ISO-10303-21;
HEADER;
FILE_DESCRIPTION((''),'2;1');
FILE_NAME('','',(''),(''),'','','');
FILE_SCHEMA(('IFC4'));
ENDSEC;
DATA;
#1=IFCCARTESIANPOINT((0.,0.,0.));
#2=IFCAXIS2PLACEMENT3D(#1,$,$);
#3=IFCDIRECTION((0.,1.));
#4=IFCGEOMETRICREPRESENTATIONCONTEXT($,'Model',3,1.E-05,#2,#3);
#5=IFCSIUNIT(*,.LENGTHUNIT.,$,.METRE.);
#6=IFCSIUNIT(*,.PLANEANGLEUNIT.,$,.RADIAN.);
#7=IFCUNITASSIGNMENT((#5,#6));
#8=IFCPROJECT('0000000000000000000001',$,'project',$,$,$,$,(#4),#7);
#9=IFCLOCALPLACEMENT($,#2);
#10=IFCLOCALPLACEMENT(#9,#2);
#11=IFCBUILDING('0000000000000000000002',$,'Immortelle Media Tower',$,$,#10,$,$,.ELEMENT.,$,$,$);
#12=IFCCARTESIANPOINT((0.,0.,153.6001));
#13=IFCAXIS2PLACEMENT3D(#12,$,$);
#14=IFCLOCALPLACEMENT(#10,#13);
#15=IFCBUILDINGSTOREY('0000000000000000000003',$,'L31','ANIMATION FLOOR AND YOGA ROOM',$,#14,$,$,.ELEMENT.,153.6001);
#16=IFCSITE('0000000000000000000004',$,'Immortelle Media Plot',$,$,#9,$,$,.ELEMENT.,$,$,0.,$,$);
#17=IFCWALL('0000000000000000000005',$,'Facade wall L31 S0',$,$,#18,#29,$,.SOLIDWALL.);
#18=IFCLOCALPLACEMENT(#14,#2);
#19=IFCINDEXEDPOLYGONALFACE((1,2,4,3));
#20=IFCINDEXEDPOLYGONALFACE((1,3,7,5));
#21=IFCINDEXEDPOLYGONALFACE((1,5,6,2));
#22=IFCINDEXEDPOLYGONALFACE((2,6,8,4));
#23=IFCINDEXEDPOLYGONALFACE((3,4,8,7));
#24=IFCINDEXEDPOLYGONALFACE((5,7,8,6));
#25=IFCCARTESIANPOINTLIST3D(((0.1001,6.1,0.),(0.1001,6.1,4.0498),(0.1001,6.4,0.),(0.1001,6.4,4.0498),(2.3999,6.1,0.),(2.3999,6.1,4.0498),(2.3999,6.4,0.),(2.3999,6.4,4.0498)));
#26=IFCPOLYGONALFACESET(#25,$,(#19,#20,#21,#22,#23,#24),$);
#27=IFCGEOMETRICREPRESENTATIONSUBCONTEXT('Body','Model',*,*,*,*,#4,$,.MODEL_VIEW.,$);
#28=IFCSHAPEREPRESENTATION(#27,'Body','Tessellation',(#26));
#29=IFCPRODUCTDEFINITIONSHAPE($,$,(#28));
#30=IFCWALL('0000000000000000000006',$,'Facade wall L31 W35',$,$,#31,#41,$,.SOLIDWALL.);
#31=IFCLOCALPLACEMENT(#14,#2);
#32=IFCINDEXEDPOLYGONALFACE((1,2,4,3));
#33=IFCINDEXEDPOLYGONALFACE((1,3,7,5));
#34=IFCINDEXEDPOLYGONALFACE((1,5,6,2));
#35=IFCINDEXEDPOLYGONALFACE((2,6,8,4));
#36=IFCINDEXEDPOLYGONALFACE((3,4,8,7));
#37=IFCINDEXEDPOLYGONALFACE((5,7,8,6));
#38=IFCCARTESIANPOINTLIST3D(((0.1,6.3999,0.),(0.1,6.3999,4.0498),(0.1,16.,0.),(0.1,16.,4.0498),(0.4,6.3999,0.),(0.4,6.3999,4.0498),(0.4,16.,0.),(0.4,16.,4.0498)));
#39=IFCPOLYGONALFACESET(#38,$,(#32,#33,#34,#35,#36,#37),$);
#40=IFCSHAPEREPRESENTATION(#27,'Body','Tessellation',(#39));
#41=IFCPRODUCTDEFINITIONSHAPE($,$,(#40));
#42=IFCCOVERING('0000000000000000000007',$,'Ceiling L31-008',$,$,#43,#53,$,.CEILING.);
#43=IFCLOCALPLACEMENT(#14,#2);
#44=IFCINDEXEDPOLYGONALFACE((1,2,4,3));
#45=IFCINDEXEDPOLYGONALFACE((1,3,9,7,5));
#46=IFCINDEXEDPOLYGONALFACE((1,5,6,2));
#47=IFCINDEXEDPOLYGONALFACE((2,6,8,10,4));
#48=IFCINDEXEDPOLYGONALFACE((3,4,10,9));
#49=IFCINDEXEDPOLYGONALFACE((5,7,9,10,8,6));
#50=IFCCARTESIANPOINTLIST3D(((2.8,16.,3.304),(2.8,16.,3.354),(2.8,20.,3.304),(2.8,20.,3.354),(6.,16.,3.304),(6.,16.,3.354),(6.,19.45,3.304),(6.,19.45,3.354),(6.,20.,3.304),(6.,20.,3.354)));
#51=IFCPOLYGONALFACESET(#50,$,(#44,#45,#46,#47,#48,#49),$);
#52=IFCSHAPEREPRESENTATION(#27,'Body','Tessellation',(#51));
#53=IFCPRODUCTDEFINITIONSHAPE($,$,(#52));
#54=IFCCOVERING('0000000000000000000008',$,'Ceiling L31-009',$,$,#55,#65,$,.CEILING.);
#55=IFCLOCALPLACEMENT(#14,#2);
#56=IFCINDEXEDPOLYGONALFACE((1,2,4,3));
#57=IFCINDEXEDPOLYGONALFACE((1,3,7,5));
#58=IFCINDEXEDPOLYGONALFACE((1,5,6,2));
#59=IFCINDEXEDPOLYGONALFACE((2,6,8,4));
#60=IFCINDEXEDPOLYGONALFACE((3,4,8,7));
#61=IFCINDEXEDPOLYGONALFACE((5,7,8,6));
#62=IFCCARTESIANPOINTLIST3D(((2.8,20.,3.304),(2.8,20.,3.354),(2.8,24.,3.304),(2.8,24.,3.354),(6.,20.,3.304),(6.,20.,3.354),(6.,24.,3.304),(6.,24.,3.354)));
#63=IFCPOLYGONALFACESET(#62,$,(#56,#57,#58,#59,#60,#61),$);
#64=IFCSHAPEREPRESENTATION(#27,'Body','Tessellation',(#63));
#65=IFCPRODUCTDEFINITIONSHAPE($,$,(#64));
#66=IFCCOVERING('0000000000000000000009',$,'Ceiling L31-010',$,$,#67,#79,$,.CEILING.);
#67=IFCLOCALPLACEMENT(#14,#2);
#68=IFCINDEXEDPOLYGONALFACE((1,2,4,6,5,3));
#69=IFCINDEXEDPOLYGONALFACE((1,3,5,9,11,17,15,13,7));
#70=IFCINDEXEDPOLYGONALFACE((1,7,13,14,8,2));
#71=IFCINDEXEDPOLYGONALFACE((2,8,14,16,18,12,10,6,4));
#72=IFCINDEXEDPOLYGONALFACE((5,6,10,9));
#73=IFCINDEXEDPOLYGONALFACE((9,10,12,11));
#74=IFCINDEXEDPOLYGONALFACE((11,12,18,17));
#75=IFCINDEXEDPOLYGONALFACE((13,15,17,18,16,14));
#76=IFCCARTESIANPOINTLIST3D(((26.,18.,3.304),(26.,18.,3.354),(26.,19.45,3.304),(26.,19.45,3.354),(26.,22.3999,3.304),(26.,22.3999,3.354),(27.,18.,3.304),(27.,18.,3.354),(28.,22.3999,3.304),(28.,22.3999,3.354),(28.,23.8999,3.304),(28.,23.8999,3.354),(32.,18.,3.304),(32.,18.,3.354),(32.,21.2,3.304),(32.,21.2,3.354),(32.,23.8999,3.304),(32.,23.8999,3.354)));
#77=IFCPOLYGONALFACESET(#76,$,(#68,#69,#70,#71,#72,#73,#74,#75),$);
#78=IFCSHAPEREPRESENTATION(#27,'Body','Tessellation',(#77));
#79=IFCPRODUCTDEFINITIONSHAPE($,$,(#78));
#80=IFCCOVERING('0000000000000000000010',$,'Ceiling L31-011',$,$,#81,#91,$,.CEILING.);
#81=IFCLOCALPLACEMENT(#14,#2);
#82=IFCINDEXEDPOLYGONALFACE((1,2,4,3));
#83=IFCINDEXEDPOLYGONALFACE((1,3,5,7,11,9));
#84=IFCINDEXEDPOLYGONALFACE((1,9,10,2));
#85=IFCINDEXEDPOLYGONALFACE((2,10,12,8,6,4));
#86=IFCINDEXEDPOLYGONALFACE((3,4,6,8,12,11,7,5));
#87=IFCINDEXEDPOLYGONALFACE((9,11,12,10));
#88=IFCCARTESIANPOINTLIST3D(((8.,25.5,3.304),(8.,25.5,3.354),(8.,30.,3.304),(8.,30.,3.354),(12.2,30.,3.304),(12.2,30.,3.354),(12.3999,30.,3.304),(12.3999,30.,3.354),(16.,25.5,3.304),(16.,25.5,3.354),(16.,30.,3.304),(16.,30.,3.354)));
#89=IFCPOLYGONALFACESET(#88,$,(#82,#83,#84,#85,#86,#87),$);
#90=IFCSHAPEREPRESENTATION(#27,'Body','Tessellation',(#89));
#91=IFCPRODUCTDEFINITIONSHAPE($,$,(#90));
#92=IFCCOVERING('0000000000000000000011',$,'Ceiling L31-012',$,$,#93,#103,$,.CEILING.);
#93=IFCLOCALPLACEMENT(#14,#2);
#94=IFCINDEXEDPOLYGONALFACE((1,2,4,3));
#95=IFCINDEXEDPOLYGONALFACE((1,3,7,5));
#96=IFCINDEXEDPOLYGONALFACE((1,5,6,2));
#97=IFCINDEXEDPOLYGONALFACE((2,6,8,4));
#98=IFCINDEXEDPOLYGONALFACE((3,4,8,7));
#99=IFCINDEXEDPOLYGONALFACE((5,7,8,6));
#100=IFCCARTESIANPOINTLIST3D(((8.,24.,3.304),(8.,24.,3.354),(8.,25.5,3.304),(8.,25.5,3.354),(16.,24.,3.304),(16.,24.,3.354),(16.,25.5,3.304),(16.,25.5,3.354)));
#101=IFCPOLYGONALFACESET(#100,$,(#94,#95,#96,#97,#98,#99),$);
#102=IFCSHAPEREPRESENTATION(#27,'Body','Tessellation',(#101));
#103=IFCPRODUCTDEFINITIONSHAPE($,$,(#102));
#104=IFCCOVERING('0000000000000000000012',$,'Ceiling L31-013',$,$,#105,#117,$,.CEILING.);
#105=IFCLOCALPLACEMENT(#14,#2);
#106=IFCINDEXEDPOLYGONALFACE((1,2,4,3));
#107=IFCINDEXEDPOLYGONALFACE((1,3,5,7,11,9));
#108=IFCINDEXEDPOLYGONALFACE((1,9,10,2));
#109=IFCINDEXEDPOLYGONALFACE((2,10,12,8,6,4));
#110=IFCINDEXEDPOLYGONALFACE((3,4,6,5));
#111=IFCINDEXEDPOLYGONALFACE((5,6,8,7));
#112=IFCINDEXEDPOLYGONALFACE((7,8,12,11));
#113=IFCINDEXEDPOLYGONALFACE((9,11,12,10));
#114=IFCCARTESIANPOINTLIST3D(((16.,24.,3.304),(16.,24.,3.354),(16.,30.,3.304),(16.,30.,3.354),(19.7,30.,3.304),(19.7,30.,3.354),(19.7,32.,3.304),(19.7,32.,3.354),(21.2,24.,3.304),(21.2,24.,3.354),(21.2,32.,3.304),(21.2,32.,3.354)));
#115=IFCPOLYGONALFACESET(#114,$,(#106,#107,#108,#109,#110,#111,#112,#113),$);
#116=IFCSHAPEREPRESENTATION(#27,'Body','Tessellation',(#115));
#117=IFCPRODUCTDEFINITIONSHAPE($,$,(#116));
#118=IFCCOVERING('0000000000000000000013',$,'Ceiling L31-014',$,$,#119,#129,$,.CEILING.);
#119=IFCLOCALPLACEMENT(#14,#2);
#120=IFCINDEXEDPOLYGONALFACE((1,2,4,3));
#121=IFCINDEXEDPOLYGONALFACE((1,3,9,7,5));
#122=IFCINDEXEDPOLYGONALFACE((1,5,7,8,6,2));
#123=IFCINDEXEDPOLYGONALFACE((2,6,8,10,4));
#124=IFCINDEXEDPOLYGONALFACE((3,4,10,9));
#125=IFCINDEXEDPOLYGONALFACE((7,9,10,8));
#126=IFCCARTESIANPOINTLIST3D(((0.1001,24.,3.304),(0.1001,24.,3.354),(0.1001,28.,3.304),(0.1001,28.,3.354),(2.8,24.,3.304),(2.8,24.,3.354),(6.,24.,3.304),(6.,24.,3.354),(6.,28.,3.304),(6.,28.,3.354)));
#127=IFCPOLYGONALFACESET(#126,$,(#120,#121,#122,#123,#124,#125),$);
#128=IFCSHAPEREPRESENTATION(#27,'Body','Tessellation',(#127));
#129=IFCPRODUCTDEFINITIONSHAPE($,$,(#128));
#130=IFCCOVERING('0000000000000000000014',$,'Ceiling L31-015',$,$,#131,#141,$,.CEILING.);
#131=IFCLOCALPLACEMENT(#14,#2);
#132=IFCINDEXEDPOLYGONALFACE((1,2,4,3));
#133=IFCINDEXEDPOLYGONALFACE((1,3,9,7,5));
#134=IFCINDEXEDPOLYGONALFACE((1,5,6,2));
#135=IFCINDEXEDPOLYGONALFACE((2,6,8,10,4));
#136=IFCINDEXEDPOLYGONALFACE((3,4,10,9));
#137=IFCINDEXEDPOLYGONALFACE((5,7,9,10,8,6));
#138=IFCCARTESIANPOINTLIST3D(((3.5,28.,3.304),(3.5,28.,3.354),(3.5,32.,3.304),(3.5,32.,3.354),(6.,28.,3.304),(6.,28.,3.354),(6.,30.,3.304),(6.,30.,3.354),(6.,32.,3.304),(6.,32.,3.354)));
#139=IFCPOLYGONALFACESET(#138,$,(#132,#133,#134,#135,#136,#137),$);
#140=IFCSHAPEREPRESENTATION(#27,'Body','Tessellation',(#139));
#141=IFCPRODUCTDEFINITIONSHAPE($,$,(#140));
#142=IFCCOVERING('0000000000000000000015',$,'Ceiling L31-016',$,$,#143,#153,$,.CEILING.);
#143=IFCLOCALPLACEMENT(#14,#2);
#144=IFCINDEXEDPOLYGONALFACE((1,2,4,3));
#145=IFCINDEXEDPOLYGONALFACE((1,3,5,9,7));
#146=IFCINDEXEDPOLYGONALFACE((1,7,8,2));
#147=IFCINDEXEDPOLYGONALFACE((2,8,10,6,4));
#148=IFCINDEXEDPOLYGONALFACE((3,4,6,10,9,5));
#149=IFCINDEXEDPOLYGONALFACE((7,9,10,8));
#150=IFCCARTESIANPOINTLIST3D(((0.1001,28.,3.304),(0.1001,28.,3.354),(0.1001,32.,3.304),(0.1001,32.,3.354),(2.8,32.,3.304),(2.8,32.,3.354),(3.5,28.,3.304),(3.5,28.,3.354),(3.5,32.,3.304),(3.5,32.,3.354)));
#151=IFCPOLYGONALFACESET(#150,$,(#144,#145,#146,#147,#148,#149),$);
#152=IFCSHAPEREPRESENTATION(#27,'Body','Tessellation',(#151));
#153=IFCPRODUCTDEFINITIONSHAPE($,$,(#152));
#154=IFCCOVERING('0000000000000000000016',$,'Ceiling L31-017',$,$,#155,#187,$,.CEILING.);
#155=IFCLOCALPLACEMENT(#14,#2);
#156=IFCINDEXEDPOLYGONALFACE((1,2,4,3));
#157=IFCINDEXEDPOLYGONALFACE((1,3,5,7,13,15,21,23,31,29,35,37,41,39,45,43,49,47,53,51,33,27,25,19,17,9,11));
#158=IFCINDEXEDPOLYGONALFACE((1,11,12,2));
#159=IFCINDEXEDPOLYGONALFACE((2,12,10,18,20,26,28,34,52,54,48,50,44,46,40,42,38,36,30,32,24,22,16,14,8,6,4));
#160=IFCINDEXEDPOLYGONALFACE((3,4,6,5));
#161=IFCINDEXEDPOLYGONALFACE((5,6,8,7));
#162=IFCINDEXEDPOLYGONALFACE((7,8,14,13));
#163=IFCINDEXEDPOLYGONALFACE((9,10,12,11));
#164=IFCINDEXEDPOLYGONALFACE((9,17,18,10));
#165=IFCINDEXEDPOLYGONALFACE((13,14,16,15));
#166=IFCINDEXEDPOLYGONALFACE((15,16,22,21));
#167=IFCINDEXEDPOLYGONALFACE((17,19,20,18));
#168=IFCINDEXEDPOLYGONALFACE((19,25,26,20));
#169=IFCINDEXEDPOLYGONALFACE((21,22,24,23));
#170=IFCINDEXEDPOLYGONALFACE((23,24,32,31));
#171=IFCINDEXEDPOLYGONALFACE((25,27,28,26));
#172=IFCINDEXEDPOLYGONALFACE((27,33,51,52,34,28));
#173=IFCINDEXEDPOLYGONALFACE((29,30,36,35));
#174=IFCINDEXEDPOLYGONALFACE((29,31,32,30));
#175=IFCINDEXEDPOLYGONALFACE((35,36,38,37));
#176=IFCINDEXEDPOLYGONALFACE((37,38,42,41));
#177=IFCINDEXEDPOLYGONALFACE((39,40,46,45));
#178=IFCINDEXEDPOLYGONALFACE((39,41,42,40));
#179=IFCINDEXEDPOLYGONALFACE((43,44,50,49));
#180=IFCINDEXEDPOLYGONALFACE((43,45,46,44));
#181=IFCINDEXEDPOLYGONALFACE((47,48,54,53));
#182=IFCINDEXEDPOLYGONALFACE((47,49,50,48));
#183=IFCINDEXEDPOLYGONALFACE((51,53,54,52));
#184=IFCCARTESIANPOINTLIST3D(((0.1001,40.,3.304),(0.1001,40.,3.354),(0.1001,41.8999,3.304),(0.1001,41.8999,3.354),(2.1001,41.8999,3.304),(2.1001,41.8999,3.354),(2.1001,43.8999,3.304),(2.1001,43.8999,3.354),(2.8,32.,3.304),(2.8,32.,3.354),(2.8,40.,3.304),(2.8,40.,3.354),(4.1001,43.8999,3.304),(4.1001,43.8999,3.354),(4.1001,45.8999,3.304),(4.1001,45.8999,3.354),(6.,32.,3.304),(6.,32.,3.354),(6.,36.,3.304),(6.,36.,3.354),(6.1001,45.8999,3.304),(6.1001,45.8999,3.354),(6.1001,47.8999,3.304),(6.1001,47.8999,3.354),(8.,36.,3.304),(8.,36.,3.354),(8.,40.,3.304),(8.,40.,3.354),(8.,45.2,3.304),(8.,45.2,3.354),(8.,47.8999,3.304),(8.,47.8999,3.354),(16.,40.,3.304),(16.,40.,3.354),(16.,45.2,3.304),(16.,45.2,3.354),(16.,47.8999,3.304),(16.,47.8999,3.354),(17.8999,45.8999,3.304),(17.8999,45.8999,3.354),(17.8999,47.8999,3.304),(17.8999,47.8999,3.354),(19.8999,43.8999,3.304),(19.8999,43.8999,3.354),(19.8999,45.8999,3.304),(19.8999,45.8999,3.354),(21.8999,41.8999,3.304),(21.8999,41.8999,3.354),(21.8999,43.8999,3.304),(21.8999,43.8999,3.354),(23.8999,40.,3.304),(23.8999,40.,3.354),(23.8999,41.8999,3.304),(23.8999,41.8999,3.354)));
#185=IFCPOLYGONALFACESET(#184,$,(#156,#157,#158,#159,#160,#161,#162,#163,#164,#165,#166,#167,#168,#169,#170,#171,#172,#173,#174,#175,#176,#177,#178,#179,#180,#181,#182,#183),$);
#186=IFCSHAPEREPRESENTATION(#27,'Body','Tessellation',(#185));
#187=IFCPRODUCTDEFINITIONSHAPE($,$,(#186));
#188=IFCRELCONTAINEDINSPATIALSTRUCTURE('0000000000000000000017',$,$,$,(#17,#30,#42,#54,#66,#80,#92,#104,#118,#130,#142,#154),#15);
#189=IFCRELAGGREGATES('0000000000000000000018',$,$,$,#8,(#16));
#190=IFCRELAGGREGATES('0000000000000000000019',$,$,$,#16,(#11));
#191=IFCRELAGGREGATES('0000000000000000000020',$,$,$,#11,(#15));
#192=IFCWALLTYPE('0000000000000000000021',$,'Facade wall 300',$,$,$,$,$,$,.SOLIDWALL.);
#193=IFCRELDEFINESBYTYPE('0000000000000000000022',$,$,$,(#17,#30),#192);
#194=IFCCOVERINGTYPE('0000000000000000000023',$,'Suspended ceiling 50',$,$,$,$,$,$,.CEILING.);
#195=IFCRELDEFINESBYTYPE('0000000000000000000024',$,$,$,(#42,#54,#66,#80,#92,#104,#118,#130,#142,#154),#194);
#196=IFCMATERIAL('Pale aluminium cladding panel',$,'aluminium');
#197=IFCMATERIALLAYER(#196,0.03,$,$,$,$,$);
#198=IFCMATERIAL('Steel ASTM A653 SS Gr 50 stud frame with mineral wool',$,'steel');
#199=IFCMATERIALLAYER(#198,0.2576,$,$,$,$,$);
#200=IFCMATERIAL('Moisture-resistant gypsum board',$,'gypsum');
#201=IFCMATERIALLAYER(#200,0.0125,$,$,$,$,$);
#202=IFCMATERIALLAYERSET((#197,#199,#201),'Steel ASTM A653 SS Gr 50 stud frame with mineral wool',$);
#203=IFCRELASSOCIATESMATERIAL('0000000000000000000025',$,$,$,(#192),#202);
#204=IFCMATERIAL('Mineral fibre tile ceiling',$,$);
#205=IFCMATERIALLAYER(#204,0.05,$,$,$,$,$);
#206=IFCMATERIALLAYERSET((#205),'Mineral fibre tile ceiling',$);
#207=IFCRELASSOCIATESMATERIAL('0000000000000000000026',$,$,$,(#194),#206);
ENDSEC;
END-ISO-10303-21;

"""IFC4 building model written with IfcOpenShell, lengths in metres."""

from ifc_helpers import new_model, si_unit, direction, frame, frame_2d, origin, place, context, subcontext, project, spatial, polyline, rectangle, outline, extrude, material, layer, layer_set, type_object, element, save


model = new_model("IFC4")

# Units and contexts
model_context = context("Model", 3, precision=1e-05, world=origin(), true_north=direction((0.0, 1.0)))
body_context = subcontext(model_context, "Body", "Model", "MODEL_VIEW")
ifc_project = project(units=[si_unit("LENGTHUNIT", "METRE"), si_unit("PLANEANGLEUNIT", "RADIAN")], contexts=[model_context])

# Site, building, storey
site_placement = place(None, origin())
site = spatial("IfcSite", under=ifc_project, at=site_placement, Name="Immortelle Media Plot", CompositionType="ELEMENT", RefElevation=0.0)
building_placement = place(site_placement, origin())
building = spatial("IfcBuilding", under=site, at=building_placement, Name="Immortelle Media Tower", CompositionType="ELEMENT")
storey_placement = place(building_placement, frame((0.0, 0.0, 153.6001)))
storey = spatial("IfcBuildingStorey", under=building, at=storey_placement, Name="L31", Description="ANIMATION FLOOR AND YOGA ROOM", CompositionType="ELEMENT", Elevation=153.6001)

# Walls
ifc_material_1 = material(Name="Pale aluminium cladding panel", Category="aluminium")
ifc_layer_1 = layer(ifc_material_1, 0.03)
ifc_material_2 = material(Name="Steel ASTM A653 SS Gr 50 stud frame with mineral wool", Category="steel")
ifc_layer_2 = layer(ifc_material_2, 0.2576)
ifc_material_3 = material(Name="Moisture-resistant gypsum board", Category="gypsum")
ifc_layer_3 = layer(ifc_material_3, 0.0125)
ifc_layer_set_1 = layer_set([ifc_layer_1, ifc_layer_2, ifc_layer_3], Name="Steel ASTM A653 SS Gr 50 stud frame with mineral wool")
wall_type = type_object("IfcWallType", Name="Facade wall 300", PredefinedType="SOLIDWALL", material=ifc_layer_set_1)
wall_1_placement = place(storey_placement, frame((0.1001, 6.25, 0.0), z_axis=(0.0, 0.0, 1.0), x_axis=(1.0, 0.0, 0.0)))
element("IfcWall", 1, at=wall_1_placement, inside=storey, type_object=wall_type, Name="Facade wall L31 S0", PredefinedType="SOLIDWALL", context=body_context, shape_type="SweptSolid", body=[
    extrude(rectangle(XDim=2.2998, YDim=0.3, at=frame_2d((1.1499, 0.0))), origin(), (0.0, 0.0, 1.0), 4.0498),
])
wall_2_placement = place(storey_placement, frame((0.25, 16.0, 0.0), z_axis=(0.0, 0.0, 1.0), x_axis=(0.0, -1.0, 0.0)))
element("IfcWall", 2, at=wall_2_placement, inside=storey, type_object=wall_type, Name="Facade wall L31 W35", PredefinedType="SOLIDWALL", context=body_context, shape_type="SweptSolid", body=[
    extrude(rectangle(XDim=9.6001, YDim=0.3, at=frame_2d((4.8, 0.0))), origin(), (0.0, 0.0, 1.0), 4.0498),
])

# Coverings
ifc_material_4 = material(Name="Mineral fibre tile ceiling")
ifc_layer_4 = layer(ifc_material_4, 0.05)
ifc_layer_set_2 = layer_set([ifc_layer_4], Name="Mineral fibre tile ceiling")
covering_type = type_object("IfcCoveringType", Name="Suspended ceiling 50", PredefinedType="CEILING", material=ifc_layer_set_2)
covering_1_placement = place(storey_placement, frame((0.0, 0.0, 3.304)))
element("IfcCovering", 3, at=covering_1_placement, inside=storey, type_object=covering_type, Name="Ceiling L31-008", PredefinedType="CEILING", context=body_context, shape_type="SweptSolid", body=[
    extrude(outline(polyline([(6.0, 16.0), (2.8, 16.0), (2.8, 20.0), (6.0, 20.0), (6.0, 19.45), (6.0, 16.0)])), origin(), (0.0, 0.0, 1.0), 0.05),
])
covering_2_placement = place(storey_placement, frame((0.0, 0.0, 3.304)))
element("IfcCovering", 4, at=covering_2_placement, inside=storey, type_object=covering_type, Name="Ceiling L31-009", PredefinedType="CEILING", context=body_context, shape_type="SweptSolid", body=[
    extrude(outline(polyline([(2.8, 24.0), (6.0, 24.0), (6.0, 20.0), (2.8, 20.0), (2.8, 24.0)])), origin(), (0.0, 0.0, 1.0), 0.05),
])
covering_3_placement = place(storey_placement, frame((0.0, 0.0, 3.304)))
element("IfcCovering", 5, at=covering_3_placement, inside=storey, type_object=covering_type, Name="Ceiling L31-010", PredefinedType="CEILING", context=body_context, shape_type="SweptSolid", body=[
    extrude(outline(polyline([(27.0, 18.0), (26.0, 18.0), (26.0, 19.45), (26.0, 22.3999), (28.0, 22.3999), (28.0, 23.8999), (32.0, 23.8999), (32.0, 21.2), (32.0, 18.0), (27.0, 18.0)])), origin(), (0.0, 0.0, 1.0), 0.05),
])
covering_4_placement = place(storey_placement, frame((0.0, 0.0, 3.304)))
element("IfcCovering", 6, at=covering_4_placement, inside=storey, type_object=covering_type, Name="Ceiling L31-011", PredefinedType="CEILING", context=body_context, shape_type="SweptSolid", body=[
    extrude(outline(polyline([(8.0, 30.0), (12.2, 30.0), (12.3999, 30.0), (16.0, 30.0), (16.0, 25.5), (8.0, 25.5), (8.0, 30.0)])), origin(), (0.0, 0.0, 1.0), 0.05),
])
covering_5_placement = place(storey_placement, frame((0.0, 0.0, 3.304)))
element("IfcCovering", 7, at=covering_5_placement, inside=storey, type_object=covering_type, Name="Ceiling L31-012", PredefinedType="CEILING", context=body_context, shape_type="SweptSolid", body=[
    extrude(outline(polyline([(8.0, 25.5), (16.0, 25.5), (16.0, 24.0), (8.0, 24.0), (8.0, 25.5)])), origin(), (0.0, 0.0, 1.0), 0.05),
])
covering_6_placement = place(storey_placement, frame((0.0, 0.0, 3.304)))
element("IfcCovering", 8, at=covering_6_placement, inside=storey, type_object=covering_type, Name="Ceiling L31-013", PredefinedType="CEILING", context=body_context, shape_type="SweptSolid", body=[
    extrude(outline(polyline([(16.0, 24.0), (16.0, 30.0), (19.7, 30.0), (19.7, 32.0), (21.2, 32.0), (21.2, 24.0), (16.0, 24.0)])), origin(), (0.0, 0.0, 1.0), 0.05),
])
covering_7_placement = place(storey_placement, frame((0.0, 0.0, 3.304)))
element("IfcCovering", 9, at=covering_7_placement, inside=storey, type_object=covering_type, Name="Ceiling L31-014", PredefinedType="CEILING", context=body_context, shape_type="SweptSolid", body=[
    extrude(outline(polyline([(6.0, 24.0), (2.8, 24.0), (0.1001, 24.0), (0.1001, 28.0), (6.0, 28.0), (6.0, 24.0)])), origin(), (0.0, 0.0, 1.0), 0.05),
])
covering_8_placement = place(storey_placement, frame((0.0, 0.0, 3.304)))
element("IfcCovering", 10, at=covering_8_placement, inside=storey, type_object=covering_type, Name="Ceiling L31-015", PredefinedType="CEILING", context=body_context, shape_type="SweptSolid", body=[
    extrude(outline(polyline([(3.5, 28.0), (3.5, 32.0), (6.0, 32.0), (6.0, 30.0), (6.0, 28.0), (3.5, 28.0)])), origin(), (0.0, 0.0, 1.0), 0.05),
])
covering_9_placement = place(storey_placement, frame((0.0, 0.0, 3.304)))
element("IfcCovering", 11, at=covering_9_placement, inside=storey, type_object=covering_type, Name="Ceiling L31-016", PredefinedType="CEILING", context=body_context, shape_type="SweptSolid", body=[
    extrude(outline(polyline([(0.1001, 28.0), (0.1001, 32.0), (2.8, 32.0), (3.5, 32.0), (3.5, 28.0), (0.1001, 28.0)])), origin(), (0.0, 0.0, 1.0), 0.05),
])
covering_10_placement = place(storey_placement, frame((0.0, 0.0, 3.304)))
element("IfcCovering", 12, at=covering_10_placement, inside=storey, type_object=covering_type, Name="Ceiling L31-017", PredefinedType="CEILING", context=body_context, shape_type="SweptSolid", body=[
    extrude(outline(polyline([(2.8, 40.0), (0.1001, 40.0), (0.1001, 41.8999), (2.1001, 41.8999), (2.1001, 43.8999), (4.1001, 43.8999), (4.1001, 45.8999), (6.1001, 45.8999), (6.1001, 47.8999), (8.0, 47.8999), (8.0, 45.2), (16.0, 45.2), (16.0, 47.8999), (17.8999, 47.8999), (17.8999, 45.8999), (19.8999, 45.8999), (19.8999, 43.8999), (21.8999, 43.8999), (21.8999, 41.8999), (23.8999, 41.8999), (23.8999, 40.0), (16.0, 40.0), (8.0, 40.0), (8.0, 36.0), (6.0, 36.0), (6.0, 32.0), (2.8, 32.0), (2.8, 40.0)])), origin(), (0.0, 0.0, 1.0), 0.05),
])

save(model, "model.ifc")
